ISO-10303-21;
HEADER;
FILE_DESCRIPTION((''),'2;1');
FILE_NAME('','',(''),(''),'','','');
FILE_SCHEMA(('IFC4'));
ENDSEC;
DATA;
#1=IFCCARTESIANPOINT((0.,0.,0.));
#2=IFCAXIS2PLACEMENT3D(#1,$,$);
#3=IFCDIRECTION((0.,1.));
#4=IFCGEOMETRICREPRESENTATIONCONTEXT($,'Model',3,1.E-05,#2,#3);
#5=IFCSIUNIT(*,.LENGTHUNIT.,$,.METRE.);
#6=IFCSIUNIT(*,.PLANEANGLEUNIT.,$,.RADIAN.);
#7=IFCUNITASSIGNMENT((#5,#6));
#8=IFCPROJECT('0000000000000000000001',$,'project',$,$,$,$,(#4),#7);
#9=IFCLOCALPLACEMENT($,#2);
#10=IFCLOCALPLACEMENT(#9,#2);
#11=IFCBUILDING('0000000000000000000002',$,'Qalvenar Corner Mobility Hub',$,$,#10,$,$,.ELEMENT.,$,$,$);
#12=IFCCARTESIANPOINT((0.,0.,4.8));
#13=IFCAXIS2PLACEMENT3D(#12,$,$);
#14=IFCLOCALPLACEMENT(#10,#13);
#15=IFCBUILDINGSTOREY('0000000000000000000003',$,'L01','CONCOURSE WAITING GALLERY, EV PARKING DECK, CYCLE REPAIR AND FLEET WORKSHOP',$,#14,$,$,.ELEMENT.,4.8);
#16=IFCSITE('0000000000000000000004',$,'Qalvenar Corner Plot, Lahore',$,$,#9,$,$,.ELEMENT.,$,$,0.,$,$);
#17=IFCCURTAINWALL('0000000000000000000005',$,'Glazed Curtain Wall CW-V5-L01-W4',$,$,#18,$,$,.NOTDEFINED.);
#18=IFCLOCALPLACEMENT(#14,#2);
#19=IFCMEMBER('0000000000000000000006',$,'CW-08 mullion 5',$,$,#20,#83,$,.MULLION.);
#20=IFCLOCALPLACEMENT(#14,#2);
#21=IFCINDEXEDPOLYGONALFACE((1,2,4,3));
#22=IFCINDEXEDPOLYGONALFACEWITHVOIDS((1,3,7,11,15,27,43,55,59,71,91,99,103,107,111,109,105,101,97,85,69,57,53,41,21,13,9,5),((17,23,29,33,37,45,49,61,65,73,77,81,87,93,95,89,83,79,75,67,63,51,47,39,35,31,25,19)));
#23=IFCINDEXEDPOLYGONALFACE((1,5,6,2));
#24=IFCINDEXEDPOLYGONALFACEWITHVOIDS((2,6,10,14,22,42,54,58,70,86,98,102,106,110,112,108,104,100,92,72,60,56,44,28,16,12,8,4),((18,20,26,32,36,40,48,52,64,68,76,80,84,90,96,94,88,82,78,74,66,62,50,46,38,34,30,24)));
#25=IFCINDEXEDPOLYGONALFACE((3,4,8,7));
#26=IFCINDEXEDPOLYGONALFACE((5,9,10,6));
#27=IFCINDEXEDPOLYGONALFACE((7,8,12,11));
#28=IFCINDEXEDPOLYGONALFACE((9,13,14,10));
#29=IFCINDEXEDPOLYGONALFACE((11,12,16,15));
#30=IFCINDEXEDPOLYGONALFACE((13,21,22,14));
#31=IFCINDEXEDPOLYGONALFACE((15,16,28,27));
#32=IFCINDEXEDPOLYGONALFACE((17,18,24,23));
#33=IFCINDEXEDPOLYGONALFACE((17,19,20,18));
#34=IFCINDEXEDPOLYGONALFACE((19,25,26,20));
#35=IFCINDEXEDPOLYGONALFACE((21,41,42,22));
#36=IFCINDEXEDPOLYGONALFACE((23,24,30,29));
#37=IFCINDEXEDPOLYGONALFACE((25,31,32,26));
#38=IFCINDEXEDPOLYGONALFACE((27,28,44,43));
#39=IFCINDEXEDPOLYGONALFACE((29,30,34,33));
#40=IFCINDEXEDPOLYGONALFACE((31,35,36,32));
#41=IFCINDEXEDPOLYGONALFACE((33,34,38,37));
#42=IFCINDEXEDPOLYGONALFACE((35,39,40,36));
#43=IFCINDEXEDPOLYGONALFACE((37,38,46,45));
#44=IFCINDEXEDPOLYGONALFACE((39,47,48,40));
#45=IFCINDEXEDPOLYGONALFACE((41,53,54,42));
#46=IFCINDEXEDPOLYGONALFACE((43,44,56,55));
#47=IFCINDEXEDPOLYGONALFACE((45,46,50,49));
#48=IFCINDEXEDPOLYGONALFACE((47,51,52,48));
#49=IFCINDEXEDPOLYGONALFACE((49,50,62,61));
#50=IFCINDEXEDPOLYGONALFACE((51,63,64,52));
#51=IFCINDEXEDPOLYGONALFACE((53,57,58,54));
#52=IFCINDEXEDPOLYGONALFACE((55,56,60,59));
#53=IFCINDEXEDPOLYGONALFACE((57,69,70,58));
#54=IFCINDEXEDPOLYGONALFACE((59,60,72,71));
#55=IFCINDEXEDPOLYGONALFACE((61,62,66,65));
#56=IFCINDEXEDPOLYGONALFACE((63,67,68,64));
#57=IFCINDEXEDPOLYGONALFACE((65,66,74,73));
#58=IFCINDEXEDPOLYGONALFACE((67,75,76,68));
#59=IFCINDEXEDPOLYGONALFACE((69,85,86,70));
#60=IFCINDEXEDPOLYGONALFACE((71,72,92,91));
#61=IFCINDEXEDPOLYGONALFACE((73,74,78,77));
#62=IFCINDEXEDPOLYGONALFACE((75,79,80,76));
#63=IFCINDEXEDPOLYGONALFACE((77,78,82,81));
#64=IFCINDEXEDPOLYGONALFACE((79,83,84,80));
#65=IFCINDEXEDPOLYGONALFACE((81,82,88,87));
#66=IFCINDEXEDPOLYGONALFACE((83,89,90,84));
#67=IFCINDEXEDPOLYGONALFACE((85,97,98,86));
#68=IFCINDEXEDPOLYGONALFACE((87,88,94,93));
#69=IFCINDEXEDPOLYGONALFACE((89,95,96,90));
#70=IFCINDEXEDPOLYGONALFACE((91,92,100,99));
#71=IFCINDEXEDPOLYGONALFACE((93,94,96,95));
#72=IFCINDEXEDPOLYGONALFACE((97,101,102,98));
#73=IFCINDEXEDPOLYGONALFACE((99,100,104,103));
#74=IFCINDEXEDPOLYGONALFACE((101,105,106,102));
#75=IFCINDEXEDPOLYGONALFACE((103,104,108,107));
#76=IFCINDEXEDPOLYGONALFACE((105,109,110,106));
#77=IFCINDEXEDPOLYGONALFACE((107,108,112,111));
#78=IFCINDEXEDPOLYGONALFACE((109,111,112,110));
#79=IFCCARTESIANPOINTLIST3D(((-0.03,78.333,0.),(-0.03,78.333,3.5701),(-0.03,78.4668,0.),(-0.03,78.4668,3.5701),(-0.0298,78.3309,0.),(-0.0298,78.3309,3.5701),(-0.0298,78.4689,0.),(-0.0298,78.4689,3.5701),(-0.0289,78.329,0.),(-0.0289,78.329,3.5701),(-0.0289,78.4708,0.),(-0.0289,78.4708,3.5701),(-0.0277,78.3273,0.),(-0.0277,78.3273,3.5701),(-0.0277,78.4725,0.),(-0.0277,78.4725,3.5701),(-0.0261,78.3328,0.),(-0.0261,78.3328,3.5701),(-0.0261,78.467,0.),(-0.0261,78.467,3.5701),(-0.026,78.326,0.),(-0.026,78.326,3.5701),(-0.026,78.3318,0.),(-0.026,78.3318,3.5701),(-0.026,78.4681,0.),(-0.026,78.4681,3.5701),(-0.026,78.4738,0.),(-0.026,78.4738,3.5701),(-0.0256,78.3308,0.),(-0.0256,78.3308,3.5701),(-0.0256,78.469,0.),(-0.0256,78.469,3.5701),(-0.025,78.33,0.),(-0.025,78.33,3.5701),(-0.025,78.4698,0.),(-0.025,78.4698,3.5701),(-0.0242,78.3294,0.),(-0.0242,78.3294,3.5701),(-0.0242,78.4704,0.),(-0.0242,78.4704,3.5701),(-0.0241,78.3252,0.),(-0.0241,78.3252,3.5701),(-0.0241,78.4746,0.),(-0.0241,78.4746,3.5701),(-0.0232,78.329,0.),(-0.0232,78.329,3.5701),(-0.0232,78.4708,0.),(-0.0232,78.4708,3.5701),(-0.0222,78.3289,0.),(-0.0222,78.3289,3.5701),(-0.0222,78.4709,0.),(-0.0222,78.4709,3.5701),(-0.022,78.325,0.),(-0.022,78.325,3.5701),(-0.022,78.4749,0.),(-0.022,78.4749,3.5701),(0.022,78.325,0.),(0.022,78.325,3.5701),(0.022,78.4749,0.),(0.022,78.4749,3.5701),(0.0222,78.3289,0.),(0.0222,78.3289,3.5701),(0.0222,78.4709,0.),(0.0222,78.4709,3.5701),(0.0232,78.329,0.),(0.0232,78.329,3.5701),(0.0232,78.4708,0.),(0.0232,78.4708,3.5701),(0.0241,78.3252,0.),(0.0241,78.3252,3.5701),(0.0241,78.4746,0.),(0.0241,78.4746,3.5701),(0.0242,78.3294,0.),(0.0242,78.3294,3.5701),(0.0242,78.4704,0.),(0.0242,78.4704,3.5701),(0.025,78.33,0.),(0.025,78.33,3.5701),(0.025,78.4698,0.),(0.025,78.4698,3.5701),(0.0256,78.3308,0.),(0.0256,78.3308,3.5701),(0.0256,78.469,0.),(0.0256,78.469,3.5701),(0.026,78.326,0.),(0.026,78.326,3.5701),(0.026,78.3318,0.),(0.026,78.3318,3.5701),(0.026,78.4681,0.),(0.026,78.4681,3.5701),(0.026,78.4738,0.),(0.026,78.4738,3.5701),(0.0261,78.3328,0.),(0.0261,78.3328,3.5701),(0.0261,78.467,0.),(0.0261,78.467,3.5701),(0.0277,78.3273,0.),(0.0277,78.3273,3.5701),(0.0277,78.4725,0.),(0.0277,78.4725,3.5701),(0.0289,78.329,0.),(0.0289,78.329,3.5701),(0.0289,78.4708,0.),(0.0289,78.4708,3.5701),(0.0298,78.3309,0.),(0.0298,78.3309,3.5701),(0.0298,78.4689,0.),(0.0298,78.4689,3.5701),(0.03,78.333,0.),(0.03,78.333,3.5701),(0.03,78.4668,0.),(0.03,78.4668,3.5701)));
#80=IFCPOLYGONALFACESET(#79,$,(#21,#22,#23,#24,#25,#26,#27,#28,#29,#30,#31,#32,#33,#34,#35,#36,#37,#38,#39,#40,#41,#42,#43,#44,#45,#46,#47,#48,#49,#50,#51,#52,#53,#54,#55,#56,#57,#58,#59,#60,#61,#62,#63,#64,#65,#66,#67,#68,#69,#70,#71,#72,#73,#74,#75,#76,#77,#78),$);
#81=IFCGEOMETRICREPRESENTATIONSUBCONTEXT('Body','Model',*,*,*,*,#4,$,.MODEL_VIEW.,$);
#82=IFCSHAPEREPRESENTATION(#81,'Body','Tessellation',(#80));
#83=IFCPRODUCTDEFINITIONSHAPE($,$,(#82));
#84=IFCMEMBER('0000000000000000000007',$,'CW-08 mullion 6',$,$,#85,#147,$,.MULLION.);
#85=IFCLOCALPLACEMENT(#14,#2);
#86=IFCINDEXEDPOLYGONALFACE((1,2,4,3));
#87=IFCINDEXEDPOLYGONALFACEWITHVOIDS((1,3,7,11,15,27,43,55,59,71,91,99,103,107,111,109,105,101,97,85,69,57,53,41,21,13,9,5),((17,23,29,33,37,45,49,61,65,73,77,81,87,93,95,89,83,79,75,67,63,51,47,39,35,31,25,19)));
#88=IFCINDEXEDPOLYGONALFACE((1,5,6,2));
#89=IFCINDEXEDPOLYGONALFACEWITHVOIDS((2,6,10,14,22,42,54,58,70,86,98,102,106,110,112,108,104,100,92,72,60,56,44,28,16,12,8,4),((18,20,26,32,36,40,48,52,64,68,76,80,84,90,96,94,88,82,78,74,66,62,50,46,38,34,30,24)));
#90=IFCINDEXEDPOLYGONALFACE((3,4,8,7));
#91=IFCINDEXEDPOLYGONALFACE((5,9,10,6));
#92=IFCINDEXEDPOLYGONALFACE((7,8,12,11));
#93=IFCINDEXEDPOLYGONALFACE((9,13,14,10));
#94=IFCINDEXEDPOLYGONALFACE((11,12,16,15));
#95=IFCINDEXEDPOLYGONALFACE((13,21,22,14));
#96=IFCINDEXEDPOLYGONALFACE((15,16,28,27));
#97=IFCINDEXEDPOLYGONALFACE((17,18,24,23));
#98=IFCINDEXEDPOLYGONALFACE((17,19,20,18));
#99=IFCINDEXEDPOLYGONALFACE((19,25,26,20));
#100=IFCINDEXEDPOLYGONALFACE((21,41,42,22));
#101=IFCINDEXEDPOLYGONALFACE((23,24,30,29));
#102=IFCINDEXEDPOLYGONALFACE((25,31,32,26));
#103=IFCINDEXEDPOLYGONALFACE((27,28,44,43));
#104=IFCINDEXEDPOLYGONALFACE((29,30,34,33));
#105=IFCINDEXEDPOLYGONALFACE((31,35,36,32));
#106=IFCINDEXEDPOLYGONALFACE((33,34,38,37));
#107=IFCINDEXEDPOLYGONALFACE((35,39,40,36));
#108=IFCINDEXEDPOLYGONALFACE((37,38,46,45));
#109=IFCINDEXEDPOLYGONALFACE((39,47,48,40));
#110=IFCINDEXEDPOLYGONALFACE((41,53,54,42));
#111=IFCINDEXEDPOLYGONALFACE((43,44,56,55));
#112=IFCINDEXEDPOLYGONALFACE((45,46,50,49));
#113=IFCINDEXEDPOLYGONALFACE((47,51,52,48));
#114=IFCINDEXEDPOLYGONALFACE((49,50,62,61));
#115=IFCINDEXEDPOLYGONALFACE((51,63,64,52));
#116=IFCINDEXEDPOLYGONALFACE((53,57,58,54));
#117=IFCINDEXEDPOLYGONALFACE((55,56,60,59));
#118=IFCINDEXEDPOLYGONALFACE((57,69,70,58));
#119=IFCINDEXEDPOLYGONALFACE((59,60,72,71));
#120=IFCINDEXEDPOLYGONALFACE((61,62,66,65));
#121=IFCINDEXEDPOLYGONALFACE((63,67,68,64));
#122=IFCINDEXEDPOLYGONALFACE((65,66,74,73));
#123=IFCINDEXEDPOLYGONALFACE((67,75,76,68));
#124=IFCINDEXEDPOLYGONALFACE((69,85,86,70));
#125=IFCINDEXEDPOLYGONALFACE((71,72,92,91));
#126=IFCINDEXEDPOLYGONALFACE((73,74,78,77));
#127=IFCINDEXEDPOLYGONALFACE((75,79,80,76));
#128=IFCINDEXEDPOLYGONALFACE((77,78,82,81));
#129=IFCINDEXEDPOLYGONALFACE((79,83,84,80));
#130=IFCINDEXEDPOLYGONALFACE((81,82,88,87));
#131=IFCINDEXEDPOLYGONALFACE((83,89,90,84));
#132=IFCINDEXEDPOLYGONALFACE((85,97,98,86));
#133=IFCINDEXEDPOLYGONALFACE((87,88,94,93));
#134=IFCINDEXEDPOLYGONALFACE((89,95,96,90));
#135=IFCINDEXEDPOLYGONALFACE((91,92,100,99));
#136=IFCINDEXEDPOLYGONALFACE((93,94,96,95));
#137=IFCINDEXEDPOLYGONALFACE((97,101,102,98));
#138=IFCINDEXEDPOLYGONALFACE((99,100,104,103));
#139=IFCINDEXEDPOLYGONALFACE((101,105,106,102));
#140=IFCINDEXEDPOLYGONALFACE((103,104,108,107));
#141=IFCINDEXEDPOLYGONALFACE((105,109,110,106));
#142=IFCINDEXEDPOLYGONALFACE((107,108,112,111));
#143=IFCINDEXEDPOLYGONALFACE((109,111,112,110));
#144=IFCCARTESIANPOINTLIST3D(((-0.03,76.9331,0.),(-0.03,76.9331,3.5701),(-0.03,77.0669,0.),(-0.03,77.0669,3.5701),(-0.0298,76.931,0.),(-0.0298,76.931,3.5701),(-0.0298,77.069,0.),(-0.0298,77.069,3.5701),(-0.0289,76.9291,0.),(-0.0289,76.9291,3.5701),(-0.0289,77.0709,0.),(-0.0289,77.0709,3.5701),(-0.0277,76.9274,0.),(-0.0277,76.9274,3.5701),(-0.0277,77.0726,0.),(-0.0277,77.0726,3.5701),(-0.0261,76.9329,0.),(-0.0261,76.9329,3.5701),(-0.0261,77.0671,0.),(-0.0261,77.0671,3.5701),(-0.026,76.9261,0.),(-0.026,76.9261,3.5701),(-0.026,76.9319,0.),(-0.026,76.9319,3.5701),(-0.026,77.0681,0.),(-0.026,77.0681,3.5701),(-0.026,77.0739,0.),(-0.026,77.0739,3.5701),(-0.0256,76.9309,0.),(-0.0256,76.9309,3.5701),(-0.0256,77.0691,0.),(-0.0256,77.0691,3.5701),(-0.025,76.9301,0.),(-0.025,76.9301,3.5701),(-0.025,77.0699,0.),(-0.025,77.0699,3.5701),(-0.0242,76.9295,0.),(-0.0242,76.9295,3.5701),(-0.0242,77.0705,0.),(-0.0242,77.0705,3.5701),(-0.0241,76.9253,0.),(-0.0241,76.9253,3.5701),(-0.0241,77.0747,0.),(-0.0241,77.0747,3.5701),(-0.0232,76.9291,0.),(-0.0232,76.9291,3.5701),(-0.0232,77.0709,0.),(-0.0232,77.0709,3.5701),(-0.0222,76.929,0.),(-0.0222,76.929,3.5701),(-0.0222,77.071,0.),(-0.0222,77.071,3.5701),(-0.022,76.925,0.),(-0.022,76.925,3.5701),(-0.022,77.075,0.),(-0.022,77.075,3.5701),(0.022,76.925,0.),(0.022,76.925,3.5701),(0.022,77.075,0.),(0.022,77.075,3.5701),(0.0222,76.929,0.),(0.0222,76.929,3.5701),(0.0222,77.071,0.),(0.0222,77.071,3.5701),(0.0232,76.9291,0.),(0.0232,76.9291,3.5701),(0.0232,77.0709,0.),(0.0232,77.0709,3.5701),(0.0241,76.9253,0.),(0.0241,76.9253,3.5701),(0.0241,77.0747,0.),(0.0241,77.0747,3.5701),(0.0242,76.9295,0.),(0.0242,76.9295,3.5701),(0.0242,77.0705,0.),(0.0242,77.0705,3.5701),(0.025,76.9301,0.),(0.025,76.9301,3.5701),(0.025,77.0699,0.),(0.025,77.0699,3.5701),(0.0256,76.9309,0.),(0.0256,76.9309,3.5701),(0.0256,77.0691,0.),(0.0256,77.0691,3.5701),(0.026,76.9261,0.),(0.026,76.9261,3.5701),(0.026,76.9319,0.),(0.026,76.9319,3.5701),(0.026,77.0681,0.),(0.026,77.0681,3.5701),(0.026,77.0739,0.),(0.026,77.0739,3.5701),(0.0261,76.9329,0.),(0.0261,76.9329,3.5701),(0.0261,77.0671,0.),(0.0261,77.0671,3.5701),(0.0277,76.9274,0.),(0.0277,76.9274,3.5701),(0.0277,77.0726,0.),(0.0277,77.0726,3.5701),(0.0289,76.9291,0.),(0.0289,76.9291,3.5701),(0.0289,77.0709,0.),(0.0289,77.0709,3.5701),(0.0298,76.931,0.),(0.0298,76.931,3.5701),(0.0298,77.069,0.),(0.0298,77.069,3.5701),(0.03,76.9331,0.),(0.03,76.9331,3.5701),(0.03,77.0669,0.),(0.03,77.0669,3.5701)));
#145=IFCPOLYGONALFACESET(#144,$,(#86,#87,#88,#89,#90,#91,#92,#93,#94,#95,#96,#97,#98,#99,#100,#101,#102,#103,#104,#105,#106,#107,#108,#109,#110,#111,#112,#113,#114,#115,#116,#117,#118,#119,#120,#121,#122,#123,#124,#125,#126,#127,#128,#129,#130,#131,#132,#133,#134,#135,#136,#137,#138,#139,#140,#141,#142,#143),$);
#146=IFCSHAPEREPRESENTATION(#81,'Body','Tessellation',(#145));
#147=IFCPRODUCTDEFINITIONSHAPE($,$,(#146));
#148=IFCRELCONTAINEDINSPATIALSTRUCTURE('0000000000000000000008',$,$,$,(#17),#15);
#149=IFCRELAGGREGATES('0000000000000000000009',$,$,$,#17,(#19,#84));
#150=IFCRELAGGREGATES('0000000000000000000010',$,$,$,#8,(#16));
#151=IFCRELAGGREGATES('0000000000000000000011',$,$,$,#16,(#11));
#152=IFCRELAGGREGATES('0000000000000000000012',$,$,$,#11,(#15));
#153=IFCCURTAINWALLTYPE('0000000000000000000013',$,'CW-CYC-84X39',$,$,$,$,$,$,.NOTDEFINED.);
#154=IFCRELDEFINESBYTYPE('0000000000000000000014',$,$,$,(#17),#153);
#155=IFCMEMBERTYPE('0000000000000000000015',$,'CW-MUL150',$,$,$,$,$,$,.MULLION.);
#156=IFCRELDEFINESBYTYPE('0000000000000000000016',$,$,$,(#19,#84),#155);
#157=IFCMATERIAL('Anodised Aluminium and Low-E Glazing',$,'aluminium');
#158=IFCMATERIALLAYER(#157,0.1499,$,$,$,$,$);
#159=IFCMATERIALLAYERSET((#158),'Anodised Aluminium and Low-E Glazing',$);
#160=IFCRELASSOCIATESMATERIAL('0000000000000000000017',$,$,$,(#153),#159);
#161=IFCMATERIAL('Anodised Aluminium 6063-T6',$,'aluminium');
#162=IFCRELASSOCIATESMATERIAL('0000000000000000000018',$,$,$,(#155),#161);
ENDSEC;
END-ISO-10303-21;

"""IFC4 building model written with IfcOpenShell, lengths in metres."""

from ifc_helpers import new_model, si_unit, direction, frame, origin, origin_2d, place, context, subcontext, project, spatial, hollow_rectangle, extrude, material, layer, layer_set, material_profile, profile_set, type_object, element, aggregate, save


model = new_model("IFC4")

# Units and contexts
model_context = context("Model", 3, precision=1e-05, world=origin(), true_north=direction((0.0, 1.0)))
body_context = subcontext(model_context, "Body", "Model", "MODEL_VIEW")
ifc_project = project(units=[si_unit("LENGTHUNIT", "METRE"), si_unit("PLANEANGLEUNIT", "RADIAN")], contexts=[model_context])

# Site, building, storey
site_placement = place(None, origin())
site = spatial("IfcSite", under=ifc_project, at=site_placement, Name="Qalvenar Corner Plot, Lahore", CompositionType="ELEMENT", RefElevation=0.0)
building_placement = place(site_placement, origin())
building = spatial("IfcBuilding", under=site, at=building_placement, Name="Qalvenar Corner Mobility Hub", CompositionType="ELEMENT")
storey_placement = place(building_placement, frame((0.0, 0.0, 4.8)))
storey = spatial("IfcBuildingStorey", under=building, at=storey_placement, Name="L01", Description="CONCOURSE WAITING GALLERY, EV PARKING DECK, CYCLE REPAIR AND FLEET WORKSHOP", CompositionType="ELEMENT", Elevation=4.8)

# Curtain wall, members
ifc_material_1 = material(Name="Anodised Aluminium and Low-E Glazing", Category="aluminium")
ifc_layer_1 = layer(ifc_material_1, 0.1499)
ifc_layer_set_1 = layer_set([ifc_layer_1], Name="Anodised Aluminium and Low-E Glazing")
curtain_wall_type = type_object("IfcCurtainWallType", Name="CW-CYC-84X39", PredefinedType="NOTDEFINED", material=ifc_layer_set_1)
curtain_wall_placement = place(storey_placement, origin())
curtain_wall = element("IfcCurtainWall", 1, at=curtain_wall_placement, inside=storey, type_object=curtain_wall_type, Name="Glazed Curtain Wall CW-V5-L01-W4", PredefinedType="NOTDEFINED")
ifc_material_2 = material(Name="Anodised Aluminium 6063-T6", Category="aluminium")
ifc_material_profile_1 = material_profile(ifc_material_2, hollow_rectangle(XDim=0.0601, YDim=0.1499, WallThickness=0.0039, InnerFilletRadius=0.0039, OuterFilletRadius=0.0081, at=origin_2d()), Name="RHS150x60x4")
ifc_profile_set_1 = profile_set([ifc_material_profile_1], Name="Anodised Aluminium 6063-T6")
member_type_1 = type_object("IfcMemberType", Name="CW-MUL150", PredefinedType="MULLION", material=ifc_profile_set_1)
member_1_placement = place(storey_placement, frame((0.0, 78.3999, 0.0), z_axis=(0.0, 0.0, 1.0), x_axis=(1.0, 0.0, 0.0)))
member_1 = element("IfcMember", 2, at=member_1_placement, type_object=member_type_1, Name="CW-08 mullion 5", PredefinedType="MULLION", context=body_context, shape_type="SweptSolid", body=[
    extrude(hollow_rectangle(XDim=0.0601, YDim=0.1499, WallThickness=0.0039, InnerFilletRadius=0.0039, OuterFilletRadius=0.0081, at=origin_2d()), origin(), (0.0, 0.0, 1.0), 3.5701),
])
member_2_placement = place(storey_placement, frame((0.0, 77.0, 0.0), z_axis=(0.0, 0.0, 1.0), x_axis=(1.0, 0.0, 0.0)))
member_2 = element("IfcMember", 3, at=member_2_placement, type_object=member_type_1, Name="CW-08 mullion 6", PredefinedType="MULLION", context=body_context, shape_type="SweptSolid", body=[
    extrude(hollow_rectangle(XDim=0.0601, YDim=0.1499, WallThickness=0.0039, InnerFilletRadius=0.0039, OuterFilletRadius=0.0081, at=origin_2d()), origin(), (0.0, 0.0, 1.0), 3.5701),
])
aggregate(curtain_wall, [member_1, member_2])

save(model, "model.ifc")
